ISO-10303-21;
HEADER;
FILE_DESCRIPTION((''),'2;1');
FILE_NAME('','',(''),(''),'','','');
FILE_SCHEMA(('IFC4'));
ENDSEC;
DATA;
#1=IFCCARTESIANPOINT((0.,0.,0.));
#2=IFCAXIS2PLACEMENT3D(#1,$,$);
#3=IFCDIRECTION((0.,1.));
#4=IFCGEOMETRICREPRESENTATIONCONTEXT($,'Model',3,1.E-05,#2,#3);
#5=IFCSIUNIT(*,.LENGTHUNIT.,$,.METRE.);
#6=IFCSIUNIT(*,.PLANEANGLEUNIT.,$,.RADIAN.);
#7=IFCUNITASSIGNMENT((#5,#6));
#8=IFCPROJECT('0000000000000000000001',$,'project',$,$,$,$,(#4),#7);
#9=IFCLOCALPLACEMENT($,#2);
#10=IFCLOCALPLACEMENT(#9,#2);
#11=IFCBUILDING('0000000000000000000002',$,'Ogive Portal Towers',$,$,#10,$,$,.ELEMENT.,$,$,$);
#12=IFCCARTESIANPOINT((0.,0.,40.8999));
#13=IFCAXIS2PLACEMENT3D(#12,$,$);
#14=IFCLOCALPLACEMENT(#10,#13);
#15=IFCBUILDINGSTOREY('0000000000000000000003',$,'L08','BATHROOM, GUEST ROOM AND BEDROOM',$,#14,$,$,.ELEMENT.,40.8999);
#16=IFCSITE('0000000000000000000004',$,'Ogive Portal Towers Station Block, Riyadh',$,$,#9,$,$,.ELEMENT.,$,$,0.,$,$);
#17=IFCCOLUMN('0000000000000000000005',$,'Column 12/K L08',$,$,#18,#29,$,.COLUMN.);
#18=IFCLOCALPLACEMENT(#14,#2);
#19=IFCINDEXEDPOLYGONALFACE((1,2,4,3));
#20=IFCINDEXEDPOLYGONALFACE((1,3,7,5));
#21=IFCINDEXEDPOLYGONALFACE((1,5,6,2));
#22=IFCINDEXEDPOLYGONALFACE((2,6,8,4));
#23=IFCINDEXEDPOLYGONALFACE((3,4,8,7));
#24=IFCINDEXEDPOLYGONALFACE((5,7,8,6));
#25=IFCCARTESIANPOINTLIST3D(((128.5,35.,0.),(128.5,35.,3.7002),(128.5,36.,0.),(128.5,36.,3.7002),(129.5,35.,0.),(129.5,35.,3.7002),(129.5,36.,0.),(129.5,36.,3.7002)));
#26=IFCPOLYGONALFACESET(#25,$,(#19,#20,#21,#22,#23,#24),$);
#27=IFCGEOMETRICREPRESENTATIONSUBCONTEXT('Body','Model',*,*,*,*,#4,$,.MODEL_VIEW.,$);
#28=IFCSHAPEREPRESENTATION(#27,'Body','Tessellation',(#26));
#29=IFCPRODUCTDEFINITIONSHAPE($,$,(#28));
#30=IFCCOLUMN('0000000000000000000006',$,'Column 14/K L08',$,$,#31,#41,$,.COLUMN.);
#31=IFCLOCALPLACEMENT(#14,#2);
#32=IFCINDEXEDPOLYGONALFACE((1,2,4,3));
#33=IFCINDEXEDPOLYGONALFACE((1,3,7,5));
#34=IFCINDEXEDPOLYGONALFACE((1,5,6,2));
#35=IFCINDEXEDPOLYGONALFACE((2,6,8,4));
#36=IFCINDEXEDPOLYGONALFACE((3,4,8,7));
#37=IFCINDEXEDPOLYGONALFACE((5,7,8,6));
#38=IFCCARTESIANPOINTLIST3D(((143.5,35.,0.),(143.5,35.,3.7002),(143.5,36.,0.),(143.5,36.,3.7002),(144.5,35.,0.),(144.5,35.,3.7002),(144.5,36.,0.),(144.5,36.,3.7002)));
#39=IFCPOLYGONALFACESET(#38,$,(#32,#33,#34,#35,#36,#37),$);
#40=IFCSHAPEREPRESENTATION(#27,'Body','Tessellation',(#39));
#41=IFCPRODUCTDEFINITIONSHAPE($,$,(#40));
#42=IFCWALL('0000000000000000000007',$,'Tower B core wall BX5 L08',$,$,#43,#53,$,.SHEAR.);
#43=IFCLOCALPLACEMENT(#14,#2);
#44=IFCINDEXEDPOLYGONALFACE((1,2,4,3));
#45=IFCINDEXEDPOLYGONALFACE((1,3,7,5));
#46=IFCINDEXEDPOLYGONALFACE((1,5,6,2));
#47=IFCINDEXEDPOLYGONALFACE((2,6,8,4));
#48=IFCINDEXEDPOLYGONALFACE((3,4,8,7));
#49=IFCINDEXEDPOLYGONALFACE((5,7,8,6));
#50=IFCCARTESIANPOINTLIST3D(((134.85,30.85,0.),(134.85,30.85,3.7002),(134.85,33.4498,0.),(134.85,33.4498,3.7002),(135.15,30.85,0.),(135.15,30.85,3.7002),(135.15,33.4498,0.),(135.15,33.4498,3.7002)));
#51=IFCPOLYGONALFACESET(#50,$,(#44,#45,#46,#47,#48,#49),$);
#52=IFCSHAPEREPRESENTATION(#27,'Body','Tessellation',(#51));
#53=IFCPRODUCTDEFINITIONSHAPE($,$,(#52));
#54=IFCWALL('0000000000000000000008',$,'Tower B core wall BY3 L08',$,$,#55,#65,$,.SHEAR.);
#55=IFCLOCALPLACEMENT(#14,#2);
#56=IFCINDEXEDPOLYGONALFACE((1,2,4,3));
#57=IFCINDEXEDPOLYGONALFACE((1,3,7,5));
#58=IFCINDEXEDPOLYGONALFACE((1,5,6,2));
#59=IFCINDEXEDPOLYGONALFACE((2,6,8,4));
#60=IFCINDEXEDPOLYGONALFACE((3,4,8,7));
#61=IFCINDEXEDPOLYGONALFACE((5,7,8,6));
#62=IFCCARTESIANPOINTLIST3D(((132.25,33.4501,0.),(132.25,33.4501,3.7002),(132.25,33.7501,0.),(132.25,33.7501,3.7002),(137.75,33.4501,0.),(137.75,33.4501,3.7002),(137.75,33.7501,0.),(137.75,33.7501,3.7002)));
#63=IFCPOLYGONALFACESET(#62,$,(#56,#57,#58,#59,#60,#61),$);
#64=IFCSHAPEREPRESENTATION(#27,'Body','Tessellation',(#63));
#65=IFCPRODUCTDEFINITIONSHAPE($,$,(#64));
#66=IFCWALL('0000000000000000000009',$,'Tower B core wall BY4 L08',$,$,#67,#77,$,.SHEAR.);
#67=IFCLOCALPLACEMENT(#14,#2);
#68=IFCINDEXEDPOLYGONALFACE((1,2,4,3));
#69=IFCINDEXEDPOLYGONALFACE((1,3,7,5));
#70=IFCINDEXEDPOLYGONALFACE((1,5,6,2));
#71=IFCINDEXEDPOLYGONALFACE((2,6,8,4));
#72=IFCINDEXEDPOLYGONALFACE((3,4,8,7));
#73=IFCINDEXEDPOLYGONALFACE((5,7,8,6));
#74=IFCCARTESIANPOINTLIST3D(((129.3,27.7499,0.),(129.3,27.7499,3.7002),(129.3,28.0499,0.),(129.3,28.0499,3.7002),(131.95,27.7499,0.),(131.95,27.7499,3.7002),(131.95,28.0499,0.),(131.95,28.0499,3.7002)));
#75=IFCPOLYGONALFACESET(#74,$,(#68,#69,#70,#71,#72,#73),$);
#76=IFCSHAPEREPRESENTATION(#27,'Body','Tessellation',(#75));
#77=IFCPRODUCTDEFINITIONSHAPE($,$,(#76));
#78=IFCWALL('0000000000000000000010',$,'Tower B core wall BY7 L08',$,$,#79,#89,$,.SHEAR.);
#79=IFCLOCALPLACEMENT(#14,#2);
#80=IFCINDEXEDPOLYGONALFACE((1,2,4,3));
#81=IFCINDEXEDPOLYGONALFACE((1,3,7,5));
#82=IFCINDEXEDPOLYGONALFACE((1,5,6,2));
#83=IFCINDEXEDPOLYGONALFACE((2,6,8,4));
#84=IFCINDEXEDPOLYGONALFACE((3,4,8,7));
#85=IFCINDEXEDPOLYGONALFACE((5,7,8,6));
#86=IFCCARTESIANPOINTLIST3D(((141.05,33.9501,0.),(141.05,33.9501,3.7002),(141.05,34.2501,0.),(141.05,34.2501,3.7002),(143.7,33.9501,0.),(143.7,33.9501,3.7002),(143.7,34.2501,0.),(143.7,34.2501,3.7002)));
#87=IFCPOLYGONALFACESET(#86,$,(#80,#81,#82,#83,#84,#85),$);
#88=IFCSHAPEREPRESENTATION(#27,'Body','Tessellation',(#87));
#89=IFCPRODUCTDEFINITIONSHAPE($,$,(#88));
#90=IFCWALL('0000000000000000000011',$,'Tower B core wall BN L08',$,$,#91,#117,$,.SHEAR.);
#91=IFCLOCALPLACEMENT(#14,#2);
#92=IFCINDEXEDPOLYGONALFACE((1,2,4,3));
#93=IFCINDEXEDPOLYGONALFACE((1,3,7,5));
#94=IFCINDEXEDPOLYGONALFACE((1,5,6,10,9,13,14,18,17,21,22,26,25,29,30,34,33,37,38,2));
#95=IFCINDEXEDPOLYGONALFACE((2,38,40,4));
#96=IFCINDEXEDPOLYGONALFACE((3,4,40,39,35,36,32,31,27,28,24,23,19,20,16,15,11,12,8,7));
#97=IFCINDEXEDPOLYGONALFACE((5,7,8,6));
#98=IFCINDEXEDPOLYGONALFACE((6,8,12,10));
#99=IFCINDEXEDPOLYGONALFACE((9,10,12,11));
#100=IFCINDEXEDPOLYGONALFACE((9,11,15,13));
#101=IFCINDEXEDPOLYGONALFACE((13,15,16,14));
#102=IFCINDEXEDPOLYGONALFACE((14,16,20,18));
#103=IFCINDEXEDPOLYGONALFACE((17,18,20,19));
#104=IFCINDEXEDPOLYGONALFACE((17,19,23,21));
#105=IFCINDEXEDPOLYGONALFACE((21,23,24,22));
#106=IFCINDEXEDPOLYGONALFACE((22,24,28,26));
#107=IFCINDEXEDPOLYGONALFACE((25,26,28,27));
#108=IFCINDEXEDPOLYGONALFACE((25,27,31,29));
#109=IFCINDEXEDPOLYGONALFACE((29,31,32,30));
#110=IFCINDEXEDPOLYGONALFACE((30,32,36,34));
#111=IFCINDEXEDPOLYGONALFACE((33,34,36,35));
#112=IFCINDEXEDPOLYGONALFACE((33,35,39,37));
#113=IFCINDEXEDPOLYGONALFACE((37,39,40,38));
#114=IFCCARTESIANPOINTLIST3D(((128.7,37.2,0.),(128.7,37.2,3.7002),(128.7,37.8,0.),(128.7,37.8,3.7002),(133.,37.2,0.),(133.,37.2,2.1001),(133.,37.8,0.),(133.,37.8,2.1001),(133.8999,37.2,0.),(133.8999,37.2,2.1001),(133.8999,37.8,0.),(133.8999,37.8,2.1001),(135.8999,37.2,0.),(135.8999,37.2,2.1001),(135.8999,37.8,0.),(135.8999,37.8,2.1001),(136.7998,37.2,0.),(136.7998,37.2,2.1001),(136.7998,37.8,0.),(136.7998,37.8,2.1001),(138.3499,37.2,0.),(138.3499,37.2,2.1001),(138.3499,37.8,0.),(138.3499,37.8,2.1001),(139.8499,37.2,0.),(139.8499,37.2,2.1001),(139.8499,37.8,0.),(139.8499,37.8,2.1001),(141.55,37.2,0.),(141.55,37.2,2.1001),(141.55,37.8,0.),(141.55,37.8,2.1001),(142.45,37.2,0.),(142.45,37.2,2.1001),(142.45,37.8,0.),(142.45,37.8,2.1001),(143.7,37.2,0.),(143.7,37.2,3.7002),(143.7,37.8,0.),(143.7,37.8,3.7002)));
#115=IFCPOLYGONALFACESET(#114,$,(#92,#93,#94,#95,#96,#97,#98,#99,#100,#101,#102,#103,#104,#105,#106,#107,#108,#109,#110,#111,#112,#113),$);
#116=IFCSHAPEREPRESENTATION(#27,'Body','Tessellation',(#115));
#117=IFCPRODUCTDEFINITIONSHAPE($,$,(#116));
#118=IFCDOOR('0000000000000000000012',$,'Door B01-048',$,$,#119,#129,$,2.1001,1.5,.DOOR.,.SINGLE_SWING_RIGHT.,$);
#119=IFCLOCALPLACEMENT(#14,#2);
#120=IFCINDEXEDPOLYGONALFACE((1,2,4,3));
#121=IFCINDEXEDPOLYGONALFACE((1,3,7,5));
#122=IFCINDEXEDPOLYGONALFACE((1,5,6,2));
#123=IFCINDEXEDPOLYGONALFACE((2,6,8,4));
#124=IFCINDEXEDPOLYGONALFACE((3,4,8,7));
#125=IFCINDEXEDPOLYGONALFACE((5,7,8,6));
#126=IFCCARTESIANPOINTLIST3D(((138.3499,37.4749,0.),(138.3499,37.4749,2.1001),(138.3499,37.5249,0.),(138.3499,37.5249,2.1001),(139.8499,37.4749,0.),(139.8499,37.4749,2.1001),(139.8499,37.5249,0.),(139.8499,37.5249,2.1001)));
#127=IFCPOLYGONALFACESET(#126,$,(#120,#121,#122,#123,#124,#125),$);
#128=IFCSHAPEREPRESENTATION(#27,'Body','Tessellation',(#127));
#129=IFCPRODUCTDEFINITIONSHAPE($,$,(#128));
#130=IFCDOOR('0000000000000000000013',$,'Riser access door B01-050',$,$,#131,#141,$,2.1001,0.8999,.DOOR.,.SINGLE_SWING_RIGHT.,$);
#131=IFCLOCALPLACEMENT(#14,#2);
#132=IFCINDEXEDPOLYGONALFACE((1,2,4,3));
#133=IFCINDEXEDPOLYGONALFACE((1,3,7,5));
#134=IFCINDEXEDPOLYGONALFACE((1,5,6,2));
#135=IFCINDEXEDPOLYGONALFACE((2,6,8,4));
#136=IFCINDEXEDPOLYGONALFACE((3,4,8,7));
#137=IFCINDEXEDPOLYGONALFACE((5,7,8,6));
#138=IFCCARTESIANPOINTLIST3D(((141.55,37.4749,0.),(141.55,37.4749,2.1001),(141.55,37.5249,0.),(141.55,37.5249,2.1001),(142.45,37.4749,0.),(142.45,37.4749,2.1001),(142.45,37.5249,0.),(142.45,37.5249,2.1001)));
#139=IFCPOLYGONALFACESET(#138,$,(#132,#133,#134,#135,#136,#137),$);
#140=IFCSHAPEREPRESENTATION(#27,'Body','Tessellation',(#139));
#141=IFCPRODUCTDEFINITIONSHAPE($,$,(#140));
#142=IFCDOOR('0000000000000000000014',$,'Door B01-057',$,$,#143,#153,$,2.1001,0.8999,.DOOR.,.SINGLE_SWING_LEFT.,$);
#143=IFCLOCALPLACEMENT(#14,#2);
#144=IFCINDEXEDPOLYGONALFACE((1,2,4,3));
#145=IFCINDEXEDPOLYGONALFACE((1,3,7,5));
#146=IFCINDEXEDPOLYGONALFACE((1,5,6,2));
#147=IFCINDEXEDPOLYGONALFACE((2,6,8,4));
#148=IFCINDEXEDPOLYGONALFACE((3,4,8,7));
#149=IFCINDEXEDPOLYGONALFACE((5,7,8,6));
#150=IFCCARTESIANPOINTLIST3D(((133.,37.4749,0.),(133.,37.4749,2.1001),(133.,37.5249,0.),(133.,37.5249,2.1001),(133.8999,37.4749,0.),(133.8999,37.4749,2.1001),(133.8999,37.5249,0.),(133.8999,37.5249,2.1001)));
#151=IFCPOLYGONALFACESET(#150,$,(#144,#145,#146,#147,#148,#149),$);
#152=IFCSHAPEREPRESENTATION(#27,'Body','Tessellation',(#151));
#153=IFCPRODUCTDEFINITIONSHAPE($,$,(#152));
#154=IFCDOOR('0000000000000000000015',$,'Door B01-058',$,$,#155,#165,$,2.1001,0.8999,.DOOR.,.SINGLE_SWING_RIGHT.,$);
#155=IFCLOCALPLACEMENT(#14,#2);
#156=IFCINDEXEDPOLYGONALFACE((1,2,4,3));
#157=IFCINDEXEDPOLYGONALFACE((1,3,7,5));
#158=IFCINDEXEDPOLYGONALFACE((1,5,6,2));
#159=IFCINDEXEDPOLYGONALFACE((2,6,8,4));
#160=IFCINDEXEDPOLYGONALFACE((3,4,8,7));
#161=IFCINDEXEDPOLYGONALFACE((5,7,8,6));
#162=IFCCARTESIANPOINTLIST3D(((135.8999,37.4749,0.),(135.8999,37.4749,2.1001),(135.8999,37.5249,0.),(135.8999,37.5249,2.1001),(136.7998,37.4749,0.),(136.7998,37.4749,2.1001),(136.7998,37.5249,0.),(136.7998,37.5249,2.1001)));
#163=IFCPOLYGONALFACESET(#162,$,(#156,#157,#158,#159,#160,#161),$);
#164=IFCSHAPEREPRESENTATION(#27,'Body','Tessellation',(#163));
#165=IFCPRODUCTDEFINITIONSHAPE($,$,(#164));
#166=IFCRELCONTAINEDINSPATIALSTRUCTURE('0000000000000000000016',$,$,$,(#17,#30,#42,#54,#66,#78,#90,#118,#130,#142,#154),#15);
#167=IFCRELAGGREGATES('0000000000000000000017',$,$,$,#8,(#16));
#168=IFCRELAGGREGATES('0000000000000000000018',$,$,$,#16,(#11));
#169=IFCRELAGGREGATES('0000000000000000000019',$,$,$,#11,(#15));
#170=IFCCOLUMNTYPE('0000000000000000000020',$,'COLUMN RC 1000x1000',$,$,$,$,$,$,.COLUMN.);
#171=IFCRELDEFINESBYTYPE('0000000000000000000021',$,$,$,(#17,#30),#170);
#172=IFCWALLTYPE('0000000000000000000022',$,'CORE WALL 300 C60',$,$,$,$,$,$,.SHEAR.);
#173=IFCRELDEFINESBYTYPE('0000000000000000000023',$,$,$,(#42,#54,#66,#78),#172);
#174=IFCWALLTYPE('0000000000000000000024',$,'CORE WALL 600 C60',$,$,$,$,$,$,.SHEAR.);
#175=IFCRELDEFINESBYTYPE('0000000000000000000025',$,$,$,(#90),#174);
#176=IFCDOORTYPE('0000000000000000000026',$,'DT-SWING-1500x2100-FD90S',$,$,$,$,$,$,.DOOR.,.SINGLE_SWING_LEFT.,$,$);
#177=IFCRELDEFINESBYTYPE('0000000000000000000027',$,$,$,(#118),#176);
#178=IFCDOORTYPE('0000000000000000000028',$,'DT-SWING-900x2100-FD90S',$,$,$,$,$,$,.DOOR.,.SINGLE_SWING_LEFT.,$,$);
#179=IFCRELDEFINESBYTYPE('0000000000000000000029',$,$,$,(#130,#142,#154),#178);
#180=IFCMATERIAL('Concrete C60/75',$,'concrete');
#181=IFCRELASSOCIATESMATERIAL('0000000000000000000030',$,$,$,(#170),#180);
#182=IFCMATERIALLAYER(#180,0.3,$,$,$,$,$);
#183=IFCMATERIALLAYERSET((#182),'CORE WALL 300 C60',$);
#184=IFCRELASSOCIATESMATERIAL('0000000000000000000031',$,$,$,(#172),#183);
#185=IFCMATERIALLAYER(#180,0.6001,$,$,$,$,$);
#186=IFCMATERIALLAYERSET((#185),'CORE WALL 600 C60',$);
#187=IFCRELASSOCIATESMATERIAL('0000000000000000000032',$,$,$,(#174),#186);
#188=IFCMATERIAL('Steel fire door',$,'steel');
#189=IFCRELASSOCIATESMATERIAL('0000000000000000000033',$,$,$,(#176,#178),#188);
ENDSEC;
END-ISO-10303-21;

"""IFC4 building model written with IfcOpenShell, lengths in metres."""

from ifc_helpers import new_model, si_unit, direction, frame, frame_2d, origin, origin_2d, place, context, subcontext, project, spatial, rectangle, extrude, material, layer, layer_set, material_profile, profile_set, type_object, element, fill, save


model = new_model("IFC4")

# Units and contexts
model_context = context("Model", 3, precision=1e-05, world=origin(), true_north=direction((0.0, 1.0)))
body_context = subcontext(model_context, "Body", "Model", "MODEL_VIEW")
ifc_project = project(units=[si_unit("LENGTHUNIT", "METRE"), si_unit("PLANEANGLEUNIT", "RADIAN")], contexts=[model_context])

# Site, building, storey
site_placement = place(None, origin())
site = spatial("IfcSite", under=ifc_project, at=site_placement, Name="Ogive Portal Towers Station Block, Riyadh", CompositionType="ELEMENT", RefElevation=0.0)
building_placement = place(site_placement, origin())
building = spatial("IfcBuilding", under=site, at=building_placement, Name="Ogive Portal Towers", CompositionType="ELEMENT")
storey_placement = place(building_placement, frame((0.0, 0.0, 40.8999)))
storey = spatial("IfcBuildingStorey", under=building, at=storey_placement, Name="L08", Description="BATHROOM, GUEST ROOM AND BEDROOM", CompositionType="ELEMENT", Elevation=40.8999)

# Columns
ifc_material_1 = material(Name="Concrete C60/75", Category="concrete")
ifc_material_profile = material_profile(ifc_material_1, rectangle(XDim=1.0, YDim=1.0, at=origin_2d()), Name="RC 1000x1000")
ifc_profile_set = profile_set([ifc_material_profile], Name="Concrete C60/75")
column_type = type_object("IfcColumnType", Name="COLUMN RC 1000x1000", PredefinedType="COLUMN", material=ifc_profile_set)
for number, where, z_axis, x_axis, name in (
    (1, (129.0, 35.5, 0.0), (0.0, 0.0, 1.0), (1.0, 0.0, 0.0), "Column 12/K L08"),
    (2, (144.0, 35.5, 0.0), (0.0, 0.0, 1.0), (1.0, 0.0, 0.0), "Column 14/K L08"),
):
    element("IfcColumn", number, at=place(storey_placement, frame(where, z_axis=z_axis, x_axis=x_axis)), inside=storey, type_object=column_type, Name=name, PredefinedType="COLUMN", context=body_context, shape_type="SweptSolid", body=[
        extrude(rectangle(XDim=1.0, YDim=1.0, at=origin_2d()), origin(), (0.0, 0.0, 1.0), 3.7002),
    ])

# Wall
ifc_layer_1 = layer(ifc_material_1, 0.3)
ifc_layer_set_1 = layer_set([ifc_layer_1], Name="CORE WALL 300 C60")
wall_type_1 = type_object("IfcWallType", Name="CORE WALL 300 C60", PredefinedType="SHEAR", material=ifc_layer_set_1)
wall_1_placement = place(storey_placement, frame((135.0, 30.8501, 0.0), z_axis=(0.0, 0.0, 1.0), x_axis=(0.0, 1.0, 0.0)))
element("IfcWall", 3, at=wall_1_placement, inside=storey, type_object=wall_type_1, Name="Tower B core wall BX5 L08", PredefinedType="SHEAR", context=body_context, shape_type="SweptSolid", body=[
    extrude(rectangle(XDim=2.5999, YDim=0.3, at=frame_2d((1.2998, 0.0))), origin(), (0.0, 0.0, 1.0), 3.7002),
])

# Walls
wall_2_placement = place(storey_placement, frame((132.25, 33.6001, 0.0), z_axis=(0.0, 0.0, 1.0), x_axis=(1.0, 0.0, 0.0)))
element("IfcWall", 4, at=wall_2_placement, inside=storey, type_object=wall_type_1, Name="Tower B core wall BY3 L08", PredefinedType="SHEAR", context=body_context, shape_type="SweptSolid", body=[
    extrude(rectangle(XDim=5.5, YDim=0.3, at=frame_2d((2.75, 0.0))), origin(), (0.0, 0.0, 1.0), 3.7002),
])
wall_3_placement = place(storey_placement, frame((129.3, 27.8999, 0.0), z_axis=(0.0, 0.0, 1.0), x_axis=(1.0, 0.0, 0.0)))
element("IfcWall", 5, at=wall_3_placement, inside=storey, type_object=wall_type_1, Name="Tower B core wall BY4 L08", PredefinedType="SHEAR", context=body_context, shape_type="SweptSolid", body=[
    extrude(rectangle(XDim=2.6499, YDim=0.3, at=frame_2d((1.325, 0.0))), origin(), (0.0, 0.0, 1.0), 3.7002),
])

# Wall
wall_4_placement = place(storey_placement, frame((141.05, 34.1001, 0.0), z_axis=(0.0, 0.0, 1.0), x_axis=(1.0, 0.0, 0.0)))
element("IfcWall", 6, at=wall_4_placement, inside=storey, type_object=wall_type_1, Name="Tower B core wall BY7 L08", PredefinedType="SHEAR", context=body_context, shape_type="SweptSolid", body=[
    extrude(rectangle(XDim=2.6499, YDim=0.3, at=frame_2d((1.325, 0.0))), origin(), (0.0, 0.0, 1.0), 3.7002),
])

# Wall, openings, doors
ifc_layer_2 = layer(ifc_material_1, 0.6001)
ifc_layer_set_2 = layer_set([ifc_layer_2], Name="CORE WALL 600 C60")
wall_type_2 = type_object("IfcWallType", Name="CORE WALL 600 C60", PredefinedType="SHEAR", material=ifc_layer_set_2)
wall_5_placement = place(storey_placement, frame((128.7, 37.5, 0.0), z_axis=(0.0, 0.0, 1.0), x_axis=(1.0, 0.0, 0.0)))
wall_5 = element("IfcWall", 7, at=wall_5_placement, inside=storey, type_object=wall_type_2, Name="Tower B core wall BN L08", PredefinedType="SHEAR", context=body_context, shape_type="SweptSolid", body=[
    extrude(rectangle(XDim=15.0, YDim=0.6001, at=frame_2d((7.5, 0.0))), origin(), (0.0, 0.0, 1.0), 3.7002),
])
opening_1_placement = place(wall_5_placement, frame((9.6499, 0.0, 0.0)))
opening_1 = element("IfcOpeningElement", 8, at=opening_1_placement, cuts=wall_5, PredefinedType="OPENING", context=body_context, shape_type="SweptSolid", body=[
    extrude(rectangle(XDim=1.5, YDim=2.1001, at=frame_2d((0.75, 1.05))), frame((0.0, 0.3101, 0.0), z_axis=(0.0, -1.0, 0.0), x_axis=(1.0, 0.0, 0.0)), (0.0, 0.0, 1.0), 0.6201),
])
opening_2_placement = place(wall_5_placement, frame((12.8501, 0.0, 0.0)))
opening_2 = element("IfcOpeningElement", 9, at=opening_2_placement, cuts=wall_5, PredefinedType="OPENING", context=body_context, shape_type="SweptSolid", body=[
    extrude(rectangle(XDim=0.8999, YDim=2.1001, at=frame_2d((0.45, 1.05))), frame((0.0, 0.3101, 0.0), z_axis=(0.0, -1.0, 0.0), x_axis=(1.0, 0.0, 0.0)), (0.0, 0.0, 1.0), 0.6201),
])
opening_3_placement = place(wall_5_placement, frame((4.3, 0.0, 0.0)))
opening_3 = element("IfcOpeningElement", 10, at=opening_3_placement, cuts=wall_5, PredefinedType="OPENING", context=body_context, shape_type="SweptSolid", body=[
    extrude(rectangle(XDim=0.8999, YDim=2.1001, at=frame_2d((0.45, 1.05))), frame((0.0, 0.3101, 0.0), z_axis=(0.0, -1.0, 0.0), x_axis=(1.0, 0.0, 0.0)), (0.0, 0.0, 1.0), 0.6201),
])
opening_4_placement = place(wall_5_placement, frame((7.2, 0.0, 0.0)))
opening_4 = element("IfcOpeningElement", 11, at=opening_4_placement, cuts=wall_5, PredefinedType="OPENING", context=body_context, shape_type="SweptSolid", body=[
    extrude(rectangle(XDim=0.8999, YDim=2.1001, at=frame_2d((0.45, 1.05))), frame((0.0, 0.3101, 0.0), z_axis=(0.0, -1.0, 0.0), x_axis=(1.0, 0.0, 0.0)), (0.0, 0.0, 1.0), 0.6201),
])
ifc_material_2 = material(Name="Steel fire door", Category="steel")
door_type_1 = type_object("IfcDoorType", Name="DT-SWING-1500x2100-FD90S", OperationType="SINGLE_SWING_LEFT", PredefinedType="DOOR", material=ifc_material_2)
door_1_placement = place(opening_1_placement, origin())
door_1 = element("IfcDoor", 12, at=door_1_placement, inside=storey, type_object=door_type_1, Name="Door B01-048", OperationType="SINGLE_SWING_RIGHT", OverallHeight=2.1001, OverallWidth=1.5, PredefinedType="DOOR", context=body_context, shape_type="SweptSolid", body=[
    extrude(rectangle(XDim=1.5, YDim=2.1001, at=frame_2d((0.75, 1.05))), frame((0.0, 0.0249, 0.0), z_axis=(0.0, -1.0, 0.0), x_axis=(1.0, 0.0, 0.0)), (0.0, 0.0, 1.0), 0.05),
])
fill(opening_1, door_1)
door_type_2 = type_object("IfcDoorType", Name="DT-SWING-900x2100-FD90S", OperationType="SINGLE_SWING_LEFT", PredefinedType="DOOR", material=ifc_material_2)
door_2_placement = place(opening_2_placement, origin())
door_2 = element("IfcDoor", 13, at=door_2_placement, inside=storey, type_object=door_type_2, Name="Riser access door B01-050", OperationType="SINGLE_SWING_RIGHT", OverallHeight=2.1001, OverallWidth=0.8999, PredefinedType="DOOR", context=body_context, shape_type="SweptSolid", body=[
    extrude(rectangle(XDim=0.8999, YDim=2.1001, at=frame_2d((0.45, 1.05))), frame((0.0, 0.0249, 0.0), z_axis=(0.0, -1.0, 0.0), x_axis=(1.0, 0.0, 0.0)), (0.0, 0.0, 1.0), 0.05),
])
fill(opening_2, door_2)
door_3_placement = place(opening_3_placement, origin())
door_3 = element("IfcDoor", 14, at=door_3_placement, inside=storey, type_object=door_type_2, Name="Door B01-057", OperationType="SINGLE_SWING_LEFT", OverallHeight=2.1001, OverallWidth=0.8999, PredefinedType="DOOR", context=body_context, shape_type="SweptSolid", body=[
    extrude(rectangle(XDim=0.8999, YDim=2.1001, at=frame_2d((0.45, 1.05))), frame((0.0, 0.0249, 0.0), z_axis=(0.0, -1.0, 0.0), x_axis=(1.0, 0.0, 0.0)), (0.0, 0.0, 1.0), 0.05),
])
fill(opening_3, door_3)
door_4_placement = place(opening_4_placement, origin())
door_4 = element("IfcDoor", 15, at=door_4_placement, inside=storey, type_object=door_type_2, Name="Door B01-058", OperationType="SINGLE_SWING_RIGHT", OverallHeight=2.1001, OverallWidth=0.8999, PredefinedType="DOOR", context=body_context, shape_type="SweptSolid", body=[
    extrude(rectangle(XDim=0.8999, YDim=2.1001, at=frame_2d((0.45, 1.05))), frame((0.0, 0.0249, 0.0), z_axis=(0.0, -1.0, 0.0), x_axis=(1.0, 0.0, 0.0)), (0.0, 0.0, 1.0), 0.05),
])
fill(opening_4, door_4)

save(model, "model.ifc")
